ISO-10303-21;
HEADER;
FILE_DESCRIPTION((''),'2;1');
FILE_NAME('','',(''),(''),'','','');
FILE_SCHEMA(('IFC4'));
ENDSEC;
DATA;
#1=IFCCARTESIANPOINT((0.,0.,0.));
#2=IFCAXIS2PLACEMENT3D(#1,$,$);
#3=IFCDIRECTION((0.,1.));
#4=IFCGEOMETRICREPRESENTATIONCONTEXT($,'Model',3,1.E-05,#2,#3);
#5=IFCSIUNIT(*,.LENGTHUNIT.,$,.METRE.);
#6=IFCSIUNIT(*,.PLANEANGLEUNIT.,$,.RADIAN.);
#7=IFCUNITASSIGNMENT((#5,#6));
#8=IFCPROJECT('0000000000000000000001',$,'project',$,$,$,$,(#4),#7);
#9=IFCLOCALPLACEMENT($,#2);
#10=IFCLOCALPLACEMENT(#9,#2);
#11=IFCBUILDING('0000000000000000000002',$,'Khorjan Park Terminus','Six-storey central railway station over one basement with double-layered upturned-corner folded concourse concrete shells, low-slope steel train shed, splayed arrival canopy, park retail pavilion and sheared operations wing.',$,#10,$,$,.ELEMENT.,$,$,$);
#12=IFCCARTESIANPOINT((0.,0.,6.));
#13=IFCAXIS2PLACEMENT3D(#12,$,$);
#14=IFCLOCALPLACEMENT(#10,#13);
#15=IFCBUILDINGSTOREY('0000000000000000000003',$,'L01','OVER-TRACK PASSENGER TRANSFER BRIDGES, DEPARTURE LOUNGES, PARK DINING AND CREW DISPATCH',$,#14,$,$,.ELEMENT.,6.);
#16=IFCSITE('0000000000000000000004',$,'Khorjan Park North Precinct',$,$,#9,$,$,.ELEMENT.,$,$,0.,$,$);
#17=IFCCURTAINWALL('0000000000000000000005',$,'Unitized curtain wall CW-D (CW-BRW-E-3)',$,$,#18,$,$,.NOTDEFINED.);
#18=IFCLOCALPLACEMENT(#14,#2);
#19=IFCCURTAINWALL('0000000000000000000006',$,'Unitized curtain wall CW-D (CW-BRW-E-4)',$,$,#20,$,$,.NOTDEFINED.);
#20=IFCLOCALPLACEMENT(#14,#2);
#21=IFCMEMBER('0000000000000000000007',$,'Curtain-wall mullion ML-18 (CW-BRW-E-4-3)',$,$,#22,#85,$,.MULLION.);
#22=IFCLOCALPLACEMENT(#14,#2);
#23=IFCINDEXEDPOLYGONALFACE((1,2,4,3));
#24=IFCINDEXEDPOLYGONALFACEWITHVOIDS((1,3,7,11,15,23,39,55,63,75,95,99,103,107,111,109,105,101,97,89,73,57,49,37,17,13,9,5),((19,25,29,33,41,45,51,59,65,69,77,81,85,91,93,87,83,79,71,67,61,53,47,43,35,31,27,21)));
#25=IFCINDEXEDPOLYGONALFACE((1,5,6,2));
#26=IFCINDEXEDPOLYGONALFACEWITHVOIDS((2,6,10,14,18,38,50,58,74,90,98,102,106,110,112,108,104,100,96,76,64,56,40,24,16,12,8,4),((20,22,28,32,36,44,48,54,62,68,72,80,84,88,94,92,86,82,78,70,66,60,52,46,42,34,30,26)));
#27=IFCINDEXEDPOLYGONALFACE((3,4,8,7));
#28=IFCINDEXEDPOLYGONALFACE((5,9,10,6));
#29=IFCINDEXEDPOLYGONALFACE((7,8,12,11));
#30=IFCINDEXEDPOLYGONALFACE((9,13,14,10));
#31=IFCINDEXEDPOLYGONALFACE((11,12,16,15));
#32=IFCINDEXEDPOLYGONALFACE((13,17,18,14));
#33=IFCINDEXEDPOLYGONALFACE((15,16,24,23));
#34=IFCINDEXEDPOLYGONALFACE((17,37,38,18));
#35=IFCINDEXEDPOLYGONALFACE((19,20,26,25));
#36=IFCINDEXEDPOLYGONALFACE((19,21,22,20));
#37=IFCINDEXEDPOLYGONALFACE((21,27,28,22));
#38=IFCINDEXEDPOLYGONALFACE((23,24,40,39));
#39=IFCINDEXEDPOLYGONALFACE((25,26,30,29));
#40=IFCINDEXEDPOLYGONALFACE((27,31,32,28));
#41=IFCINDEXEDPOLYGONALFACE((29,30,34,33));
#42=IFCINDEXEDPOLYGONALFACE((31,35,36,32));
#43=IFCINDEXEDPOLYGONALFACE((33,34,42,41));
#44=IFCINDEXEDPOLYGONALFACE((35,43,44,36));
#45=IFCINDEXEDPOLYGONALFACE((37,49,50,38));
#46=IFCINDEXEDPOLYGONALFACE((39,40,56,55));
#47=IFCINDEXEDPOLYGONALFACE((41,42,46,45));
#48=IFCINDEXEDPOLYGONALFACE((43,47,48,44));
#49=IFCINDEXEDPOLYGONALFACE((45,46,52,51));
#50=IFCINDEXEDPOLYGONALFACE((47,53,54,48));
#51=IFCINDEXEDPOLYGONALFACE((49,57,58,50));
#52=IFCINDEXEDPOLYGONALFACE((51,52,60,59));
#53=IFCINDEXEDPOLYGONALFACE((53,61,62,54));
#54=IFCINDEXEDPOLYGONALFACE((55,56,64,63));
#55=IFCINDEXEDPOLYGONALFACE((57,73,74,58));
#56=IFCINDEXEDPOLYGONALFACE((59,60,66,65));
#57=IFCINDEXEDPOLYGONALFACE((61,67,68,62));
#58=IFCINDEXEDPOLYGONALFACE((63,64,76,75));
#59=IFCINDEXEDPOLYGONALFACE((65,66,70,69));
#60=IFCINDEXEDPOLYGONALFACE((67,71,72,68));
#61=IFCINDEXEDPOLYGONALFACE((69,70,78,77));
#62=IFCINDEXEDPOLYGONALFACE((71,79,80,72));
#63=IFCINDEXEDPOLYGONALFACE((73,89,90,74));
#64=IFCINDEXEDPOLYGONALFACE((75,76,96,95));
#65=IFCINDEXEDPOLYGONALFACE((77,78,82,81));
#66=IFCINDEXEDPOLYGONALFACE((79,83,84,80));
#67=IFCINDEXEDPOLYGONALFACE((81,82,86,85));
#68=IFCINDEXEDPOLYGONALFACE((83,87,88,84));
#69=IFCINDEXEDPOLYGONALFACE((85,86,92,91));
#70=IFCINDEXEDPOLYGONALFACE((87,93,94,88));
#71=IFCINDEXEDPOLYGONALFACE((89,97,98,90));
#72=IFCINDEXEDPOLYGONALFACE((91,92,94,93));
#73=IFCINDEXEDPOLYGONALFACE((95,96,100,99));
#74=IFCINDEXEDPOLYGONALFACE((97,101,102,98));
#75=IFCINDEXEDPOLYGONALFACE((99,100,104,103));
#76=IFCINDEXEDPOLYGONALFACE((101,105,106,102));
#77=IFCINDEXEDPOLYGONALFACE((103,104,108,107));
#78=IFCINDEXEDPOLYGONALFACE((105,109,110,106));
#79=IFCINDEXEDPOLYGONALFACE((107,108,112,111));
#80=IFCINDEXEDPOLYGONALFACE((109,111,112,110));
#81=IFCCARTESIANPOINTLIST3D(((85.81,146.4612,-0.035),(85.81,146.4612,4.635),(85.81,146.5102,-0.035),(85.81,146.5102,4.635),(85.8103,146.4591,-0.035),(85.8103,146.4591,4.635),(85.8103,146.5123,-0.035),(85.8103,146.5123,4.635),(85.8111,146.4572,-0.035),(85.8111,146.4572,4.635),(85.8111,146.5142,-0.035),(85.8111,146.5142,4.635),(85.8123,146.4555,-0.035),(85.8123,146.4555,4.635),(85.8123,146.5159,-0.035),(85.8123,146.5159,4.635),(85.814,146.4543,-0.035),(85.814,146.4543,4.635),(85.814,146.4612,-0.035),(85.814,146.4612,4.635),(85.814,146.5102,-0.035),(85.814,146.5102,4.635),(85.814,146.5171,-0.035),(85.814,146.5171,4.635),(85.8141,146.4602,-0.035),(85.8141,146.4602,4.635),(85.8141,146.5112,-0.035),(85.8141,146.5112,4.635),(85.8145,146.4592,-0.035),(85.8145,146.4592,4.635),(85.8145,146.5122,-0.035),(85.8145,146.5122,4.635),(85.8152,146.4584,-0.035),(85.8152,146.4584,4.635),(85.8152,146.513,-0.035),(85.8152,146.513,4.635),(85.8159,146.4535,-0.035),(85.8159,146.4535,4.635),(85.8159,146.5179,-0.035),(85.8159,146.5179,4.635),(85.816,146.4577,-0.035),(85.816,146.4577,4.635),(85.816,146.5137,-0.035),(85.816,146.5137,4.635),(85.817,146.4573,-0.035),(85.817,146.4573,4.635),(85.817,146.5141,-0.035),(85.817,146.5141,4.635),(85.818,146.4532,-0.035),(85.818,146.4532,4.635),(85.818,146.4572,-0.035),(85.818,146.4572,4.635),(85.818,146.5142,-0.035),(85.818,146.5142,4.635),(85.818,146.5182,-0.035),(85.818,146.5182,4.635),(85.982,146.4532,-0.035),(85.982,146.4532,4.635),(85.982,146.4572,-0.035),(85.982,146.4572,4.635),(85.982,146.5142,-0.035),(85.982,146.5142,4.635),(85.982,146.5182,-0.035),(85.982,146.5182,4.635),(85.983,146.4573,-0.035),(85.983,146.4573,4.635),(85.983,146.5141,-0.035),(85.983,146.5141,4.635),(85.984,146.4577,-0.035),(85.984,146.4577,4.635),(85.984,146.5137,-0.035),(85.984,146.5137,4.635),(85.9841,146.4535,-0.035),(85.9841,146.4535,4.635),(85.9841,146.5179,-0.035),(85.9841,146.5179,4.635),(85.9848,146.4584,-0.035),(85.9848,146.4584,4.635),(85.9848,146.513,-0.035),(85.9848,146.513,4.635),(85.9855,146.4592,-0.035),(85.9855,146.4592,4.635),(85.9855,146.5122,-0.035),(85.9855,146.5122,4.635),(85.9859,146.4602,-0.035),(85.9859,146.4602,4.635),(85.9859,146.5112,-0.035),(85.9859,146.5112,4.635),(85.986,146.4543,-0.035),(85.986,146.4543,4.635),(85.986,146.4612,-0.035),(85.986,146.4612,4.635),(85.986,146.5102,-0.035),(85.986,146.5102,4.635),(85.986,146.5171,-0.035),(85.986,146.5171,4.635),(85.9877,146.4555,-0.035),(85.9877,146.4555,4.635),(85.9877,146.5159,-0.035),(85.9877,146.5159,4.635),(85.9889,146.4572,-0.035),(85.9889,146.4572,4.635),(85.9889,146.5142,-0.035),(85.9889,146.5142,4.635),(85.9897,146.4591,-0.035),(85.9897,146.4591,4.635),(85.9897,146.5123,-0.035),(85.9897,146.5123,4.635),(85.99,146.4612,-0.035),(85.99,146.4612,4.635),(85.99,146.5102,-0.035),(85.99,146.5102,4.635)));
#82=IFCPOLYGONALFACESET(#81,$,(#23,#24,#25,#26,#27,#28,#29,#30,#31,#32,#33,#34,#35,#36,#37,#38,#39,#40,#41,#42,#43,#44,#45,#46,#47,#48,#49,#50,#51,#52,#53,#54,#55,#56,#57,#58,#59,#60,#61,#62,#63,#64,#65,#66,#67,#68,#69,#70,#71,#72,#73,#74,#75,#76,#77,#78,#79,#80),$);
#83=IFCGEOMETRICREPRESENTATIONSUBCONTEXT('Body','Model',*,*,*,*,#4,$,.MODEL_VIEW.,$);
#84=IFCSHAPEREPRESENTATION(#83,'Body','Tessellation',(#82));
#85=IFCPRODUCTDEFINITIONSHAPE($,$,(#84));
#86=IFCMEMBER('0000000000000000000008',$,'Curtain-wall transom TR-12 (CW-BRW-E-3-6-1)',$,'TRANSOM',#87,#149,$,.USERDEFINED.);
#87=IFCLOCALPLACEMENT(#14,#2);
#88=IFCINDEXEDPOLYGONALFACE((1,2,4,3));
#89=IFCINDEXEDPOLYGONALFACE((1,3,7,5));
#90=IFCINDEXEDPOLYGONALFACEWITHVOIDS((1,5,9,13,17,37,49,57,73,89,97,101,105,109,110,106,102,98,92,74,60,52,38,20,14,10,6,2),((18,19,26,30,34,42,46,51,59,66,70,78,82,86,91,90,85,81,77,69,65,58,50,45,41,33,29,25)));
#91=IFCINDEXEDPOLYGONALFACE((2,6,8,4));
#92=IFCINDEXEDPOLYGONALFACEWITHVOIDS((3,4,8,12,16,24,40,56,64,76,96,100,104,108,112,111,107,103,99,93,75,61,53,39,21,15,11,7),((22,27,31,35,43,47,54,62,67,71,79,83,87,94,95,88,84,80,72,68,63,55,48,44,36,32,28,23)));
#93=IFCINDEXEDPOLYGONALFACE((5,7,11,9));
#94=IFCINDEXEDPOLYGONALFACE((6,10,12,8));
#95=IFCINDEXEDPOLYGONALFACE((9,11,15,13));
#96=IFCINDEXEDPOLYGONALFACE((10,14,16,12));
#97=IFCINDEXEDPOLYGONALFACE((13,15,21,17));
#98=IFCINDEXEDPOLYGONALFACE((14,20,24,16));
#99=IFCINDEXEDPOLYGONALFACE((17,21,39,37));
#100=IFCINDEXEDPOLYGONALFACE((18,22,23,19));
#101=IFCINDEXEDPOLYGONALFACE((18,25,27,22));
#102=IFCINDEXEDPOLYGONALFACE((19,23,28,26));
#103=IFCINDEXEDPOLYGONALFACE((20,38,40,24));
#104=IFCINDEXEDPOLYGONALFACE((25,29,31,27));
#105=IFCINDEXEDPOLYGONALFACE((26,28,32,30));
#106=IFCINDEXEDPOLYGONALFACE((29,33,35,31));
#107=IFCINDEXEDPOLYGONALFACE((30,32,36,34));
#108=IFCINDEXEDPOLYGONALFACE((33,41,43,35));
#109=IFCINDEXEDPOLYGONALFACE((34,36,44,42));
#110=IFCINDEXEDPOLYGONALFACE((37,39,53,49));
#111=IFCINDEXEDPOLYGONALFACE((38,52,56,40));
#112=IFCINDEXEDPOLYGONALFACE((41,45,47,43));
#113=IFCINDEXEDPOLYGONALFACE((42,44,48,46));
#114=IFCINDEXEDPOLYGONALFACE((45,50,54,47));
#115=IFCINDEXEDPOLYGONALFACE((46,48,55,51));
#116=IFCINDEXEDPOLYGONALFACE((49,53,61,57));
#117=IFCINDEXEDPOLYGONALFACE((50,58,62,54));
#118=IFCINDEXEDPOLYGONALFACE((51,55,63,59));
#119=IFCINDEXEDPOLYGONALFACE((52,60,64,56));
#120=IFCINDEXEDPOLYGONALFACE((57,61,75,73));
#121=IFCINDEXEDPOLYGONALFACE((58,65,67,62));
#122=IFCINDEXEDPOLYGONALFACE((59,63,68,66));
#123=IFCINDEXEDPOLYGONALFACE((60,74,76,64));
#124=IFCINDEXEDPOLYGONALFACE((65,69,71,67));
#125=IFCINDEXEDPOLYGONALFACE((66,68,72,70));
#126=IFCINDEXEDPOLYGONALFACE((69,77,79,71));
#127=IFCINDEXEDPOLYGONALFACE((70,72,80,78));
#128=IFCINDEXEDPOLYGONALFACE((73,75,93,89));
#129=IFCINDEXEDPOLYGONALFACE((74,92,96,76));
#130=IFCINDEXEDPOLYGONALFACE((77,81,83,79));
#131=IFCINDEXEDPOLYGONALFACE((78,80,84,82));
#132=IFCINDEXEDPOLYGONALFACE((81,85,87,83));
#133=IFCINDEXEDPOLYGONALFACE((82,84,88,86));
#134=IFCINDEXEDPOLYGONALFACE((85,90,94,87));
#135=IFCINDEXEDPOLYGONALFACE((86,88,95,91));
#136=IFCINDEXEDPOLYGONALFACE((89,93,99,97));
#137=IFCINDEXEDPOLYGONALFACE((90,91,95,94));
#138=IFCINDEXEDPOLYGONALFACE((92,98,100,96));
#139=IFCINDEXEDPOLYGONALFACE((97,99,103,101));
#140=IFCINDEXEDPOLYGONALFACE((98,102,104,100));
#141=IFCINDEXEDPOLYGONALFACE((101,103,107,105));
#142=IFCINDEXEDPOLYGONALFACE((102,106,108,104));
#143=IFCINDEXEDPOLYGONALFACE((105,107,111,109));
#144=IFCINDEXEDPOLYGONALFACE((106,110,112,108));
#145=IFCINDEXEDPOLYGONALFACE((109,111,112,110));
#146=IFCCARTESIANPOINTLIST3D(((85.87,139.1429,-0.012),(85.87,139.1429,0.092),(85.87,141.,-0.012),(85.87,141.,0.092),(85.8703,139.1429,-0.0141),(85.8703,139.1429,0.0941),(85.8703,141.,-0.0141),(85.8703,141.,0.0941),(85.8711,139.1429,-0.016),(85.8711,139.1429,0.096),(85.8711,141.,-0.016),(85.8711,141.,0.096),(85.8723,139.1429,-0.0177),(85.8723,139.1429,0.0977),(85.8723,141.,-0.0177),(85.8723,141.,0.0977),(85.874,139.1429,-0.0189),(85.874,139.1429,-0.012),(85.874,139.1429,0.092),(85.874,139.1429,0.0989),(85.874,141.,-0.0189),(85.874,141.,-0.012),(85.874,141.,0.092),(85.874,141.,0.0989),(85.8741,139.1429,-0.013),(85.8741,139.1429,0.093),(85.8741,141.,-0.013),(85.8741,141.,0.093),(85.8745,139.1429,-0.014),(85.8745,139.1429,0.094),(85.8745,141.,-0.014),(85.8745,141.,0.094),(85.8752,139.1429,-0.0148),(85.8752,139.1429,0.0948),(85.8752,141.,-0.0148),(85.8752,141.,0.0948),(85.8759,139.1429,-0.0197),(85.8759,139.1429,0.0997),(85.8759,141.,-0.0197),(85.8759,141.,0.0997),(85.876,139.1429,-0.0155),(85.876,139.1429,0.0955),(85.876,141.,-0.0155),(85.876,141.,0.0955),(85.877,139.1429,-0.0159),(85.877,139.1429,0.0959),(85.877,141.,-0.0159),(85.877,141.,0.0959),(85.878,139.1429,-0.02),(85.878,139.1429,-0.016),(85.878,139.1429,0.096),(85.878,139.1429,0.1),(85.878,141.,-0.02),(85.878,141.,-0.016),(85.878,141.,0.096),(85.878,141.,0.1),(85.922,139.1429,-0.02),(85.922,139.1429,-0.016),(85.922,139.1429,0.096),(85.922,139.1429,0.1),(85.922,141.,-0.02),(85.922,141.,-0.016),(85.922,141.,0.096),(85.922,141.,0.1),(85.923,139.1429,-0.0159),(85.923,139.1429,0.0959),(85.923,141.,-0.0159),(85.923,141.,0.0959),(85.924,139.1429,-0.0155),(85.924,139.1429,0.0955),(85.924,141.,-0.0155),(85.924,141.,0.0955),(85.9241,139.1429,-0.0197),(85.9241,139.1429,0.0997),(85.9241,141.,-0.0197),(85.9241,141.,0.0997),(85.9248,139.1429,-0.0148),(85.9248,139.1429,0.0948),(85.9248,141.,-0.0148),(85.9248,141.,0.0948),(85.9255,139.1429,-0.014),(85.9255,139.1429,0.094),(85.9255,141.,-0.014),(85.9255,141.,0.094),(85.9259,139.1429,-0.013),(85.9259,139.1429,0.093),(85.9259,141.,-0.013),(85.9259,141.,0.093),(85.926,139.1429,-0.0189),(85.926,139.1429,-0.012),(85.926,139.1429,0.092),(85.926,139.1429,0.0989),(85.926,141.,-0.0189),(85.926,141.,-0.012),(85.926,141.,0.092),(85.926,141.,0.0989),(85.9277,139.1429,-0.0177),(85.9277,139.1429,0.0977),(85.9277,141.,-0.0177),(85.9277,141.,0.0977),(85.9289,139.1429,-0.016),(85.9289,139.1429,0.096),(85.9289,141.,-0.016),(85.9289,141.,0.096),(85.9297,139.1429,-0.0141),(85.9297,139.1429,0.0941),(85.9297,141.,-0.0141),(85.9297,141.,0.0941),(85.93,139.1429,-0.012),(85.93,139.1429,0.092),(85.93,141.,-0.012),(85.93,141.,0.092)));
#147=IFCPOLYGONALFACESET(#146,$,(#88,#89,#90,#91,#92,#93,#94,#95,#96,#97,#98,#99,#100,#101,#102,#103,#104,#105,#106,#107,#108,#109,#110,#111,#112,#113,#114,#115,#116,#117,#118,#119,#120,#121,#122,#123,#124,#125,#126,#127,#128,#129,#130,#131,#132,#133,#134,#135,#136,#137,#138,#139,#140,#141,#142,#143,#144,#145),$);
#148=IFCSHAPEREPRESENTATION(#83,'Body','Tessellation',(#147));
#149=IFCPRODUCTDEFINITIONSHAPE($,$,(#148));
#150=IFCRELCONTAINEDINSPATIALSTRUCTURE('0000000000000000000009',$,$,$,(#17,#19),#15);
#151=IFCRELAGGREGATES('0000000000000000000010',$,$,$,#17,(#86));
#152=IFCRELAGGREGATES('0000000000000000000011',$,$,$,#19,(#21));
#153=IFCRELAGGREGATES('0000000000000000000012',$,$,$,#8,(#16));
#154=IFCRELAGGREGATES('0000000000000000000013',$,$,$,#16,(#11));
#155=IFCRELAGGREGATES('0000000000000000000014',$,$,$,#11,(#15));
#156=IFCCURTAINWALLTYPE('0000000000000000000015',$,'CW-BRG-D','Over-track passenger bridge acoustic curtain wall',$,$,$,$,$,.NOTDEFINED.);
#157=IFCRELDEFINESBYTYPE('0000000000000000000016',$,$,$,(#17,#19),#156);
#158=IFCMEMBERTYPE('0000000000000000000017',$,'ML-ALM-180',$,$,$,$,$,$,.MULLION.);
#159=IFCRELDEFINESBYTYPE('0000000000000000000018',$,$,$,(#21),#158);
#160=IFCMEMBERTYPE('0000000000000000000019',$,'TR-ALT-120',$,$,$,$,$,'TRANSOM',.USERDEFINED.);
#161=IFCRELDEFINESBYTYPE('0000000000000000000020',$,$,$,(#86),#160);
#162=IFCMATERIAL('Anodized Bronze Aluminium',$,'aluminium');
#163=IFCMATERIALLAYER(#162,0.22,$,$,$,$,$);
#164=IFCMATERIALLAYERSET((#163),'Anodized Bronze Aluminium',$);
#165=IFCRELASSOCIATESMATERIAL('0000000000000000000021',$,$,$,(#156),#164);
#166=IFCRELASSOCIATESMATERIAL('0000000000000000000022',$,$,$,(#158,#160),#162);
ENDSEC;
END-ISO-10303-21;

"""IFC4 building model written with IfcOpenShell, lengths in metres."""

from ifc_helpers import new_model, si_unit, direction, frame, origin, origin_2d, place, context, subcontext, project, spatial, hollow_rectangle, extrude, material, layer, layer_set, material_profile, profile_set, type_object, element, aggregate, save


model = new_model("IFC4")

# Units and contexts
model_context = context("Model", 3, precision=1e-05, world=origin(), true_north=direction((0.0, 1.0)))
body_context = subcontext(model_context, "Body", "Model", "MODEL_VIEW")
ifc_project = project(units=[si_unit("LENGTHUNIT", "METRE"), si_unit("PLANEANGLEUNIT", "RADIAN")], contexts=[model_context])

# Site, building, storey
site_placement = place(None, origin())
site = spatial("IfcSite", under=ifc_project, at=site_placement, Name="Khorjan Park North Precinct", CompositionType="ELEMENT", RefElevation=0.0)
building_placement = place(site_placement, origin())
building = spatial("IfcBuilding", under=site, at=building_placement, Name="Khorjan Park Terminus", Description="Six-storey central railway station over one basement with double-layered upturned-corner folded concourse concrete shells, low-slope steel train shed, splayed arrival canopy, park retail pavilion and sheared operations wing.", CompositionType="ELEMENT")
storey_placement = place(building_placement, frame((0.0, 0.0, 6.0)))
storey = spatial("IfcBuildingStorey", under=building, at=storey_placement, Name="L01", Description="OVER-TRACK PASSENGER TRANSFER BRIDGES, DEPARTURE LOUNGES, PARK DINING AND CREW DISPATCH", CompositionType="ELEMENT", Elevation=6.0)

# Curtain walls, member
ifc_material_1 = material(Name="Anodized Bronze Aluminium", Category="aluminium")
ifc_layer_1 = layer(ifc_material_1, 0.22)
ifc_layer_set_1 = layer_set([ifc_layer_1], Name="Anodized Bronze Aluminium")
curtain_wall_type = type_object("IfcCurtainWallType", Name="CW-BRG-D", Description="Over-track passenger bridge acoustic curtain wall", PredefinedType="NOTDEFINED", material=ifc_layer_set_1)
curtain_wall_1_placement = place(storey_placement, origin())
curtain_wall_1 = element("IfcCurtainWall", 1, at=curtain_wall_1_placement, inside=storey, type_object=curtain_wall_type, Name="Unitized curtain wall CW-D (CW-BRW-E-3)", PredefinedType="NOTDEFINED")
ifc_material_profile_1 = material_profile(ifc_material_1, hollow_rectangle(XDim=0.065, YDim=0.18, WallThickness=0.004, InnerFilletRadius=0.004, OuterFilletRadius=0.008, at=origin_2d()), Name="ALM 65x180x4")
ifc_profile_set_1 = profile_set([ifc_material_profile_1], Name="Anodized Bronze Aluminium")
member_type_1 = type_object("IfcMemberType", Name="ML-ALM-180", PredefinedType="MULLION", material=ifc_profile_set_1)
curtain_wall_2_placement = place(storey_placement, origin())
curtain_wall_2 = element("IfcCurtainWall", 2, at=curtain_wall_2_placement, inside=storey, type_object=curtain_wall_type, Name="Unitized curtain wall CW-D (CW-BRW-E-4)", PredefinedType="NOTDEFINED")
member_1_placement = place(storey_placement, frame((85.9, 146.4857, -0.035), z_axis=(0.0, 0.0, 1.0), x_axis=(0.0, 1.0, 0.0)))
member_1 = element("IfcMember", 3, at=member_1_placement, type_object=member_type_1, Name="Curtain-wall mullion ML-18 (CW-BRW-E-4-3)", PredefinedType="MULLION", context=body_context, shape_type="SweptSolid", body=[
    extrude(hollow_rectangle(XDim=0.065, YDim=0.18, WallThickness=0.004, InnerFilletRadius=0.004, OuterFilletRadius=0.008, at=origin_2d()), origin(), (0.0, 0.0, 1.0), 4.67),
])

# Member
ifc_material_profile_2 = material_profile(ifc_material_1, hollow_rectangle(XDim=0.06, YDim=0.12, WallThickness=0.004, InnerFilletRadius=0.004, OuterFilletRadius=0.008, at=origin_2d()), Name="ALT 60x120x4")
ifc_profile_set_2 = profile_set([ifc_material_profile_2], Name="Anodized Bronze Aluminium")
member_type_2 = type_object("IfcMemberType", Name="TR-ALT-120", ElementType="TRANSOM", PredefinedType="USERDEFINED", material=ifc_profile_set_2)
member_2_placement = place(storey_placement, frame((85.9, 139.1429, 0.04), z_axis=(0.0, 1.0, 0.0), x_axis=(-1.0, 0.0, 0.0)))
member_2 = element("IfcMember", 4, at=member_2_placement, type_object=member_type_2, Name="Curtain-wall transom TR-12 (CW-BRW-E-3-6-1)", ObjectType="TRANSOM", PredefinedType="USERDEFINED", context=body_context, shape_type="SweptSolid", body=[
    extrude(hollow_rectangle(XDim=0.06, YDim=0.12, WallThickness=0.004, InnerFilletRadius=0.004, OuterFilletRadius=0.008, at=origin_2d()), origin(), (0.0, 0.0, 1.0), 1.8571),
])

aggregate(curtain_wall_1, [member_2])
aggregate(curtain_wall_2, [member_1])

save(model, "model.ifc")
